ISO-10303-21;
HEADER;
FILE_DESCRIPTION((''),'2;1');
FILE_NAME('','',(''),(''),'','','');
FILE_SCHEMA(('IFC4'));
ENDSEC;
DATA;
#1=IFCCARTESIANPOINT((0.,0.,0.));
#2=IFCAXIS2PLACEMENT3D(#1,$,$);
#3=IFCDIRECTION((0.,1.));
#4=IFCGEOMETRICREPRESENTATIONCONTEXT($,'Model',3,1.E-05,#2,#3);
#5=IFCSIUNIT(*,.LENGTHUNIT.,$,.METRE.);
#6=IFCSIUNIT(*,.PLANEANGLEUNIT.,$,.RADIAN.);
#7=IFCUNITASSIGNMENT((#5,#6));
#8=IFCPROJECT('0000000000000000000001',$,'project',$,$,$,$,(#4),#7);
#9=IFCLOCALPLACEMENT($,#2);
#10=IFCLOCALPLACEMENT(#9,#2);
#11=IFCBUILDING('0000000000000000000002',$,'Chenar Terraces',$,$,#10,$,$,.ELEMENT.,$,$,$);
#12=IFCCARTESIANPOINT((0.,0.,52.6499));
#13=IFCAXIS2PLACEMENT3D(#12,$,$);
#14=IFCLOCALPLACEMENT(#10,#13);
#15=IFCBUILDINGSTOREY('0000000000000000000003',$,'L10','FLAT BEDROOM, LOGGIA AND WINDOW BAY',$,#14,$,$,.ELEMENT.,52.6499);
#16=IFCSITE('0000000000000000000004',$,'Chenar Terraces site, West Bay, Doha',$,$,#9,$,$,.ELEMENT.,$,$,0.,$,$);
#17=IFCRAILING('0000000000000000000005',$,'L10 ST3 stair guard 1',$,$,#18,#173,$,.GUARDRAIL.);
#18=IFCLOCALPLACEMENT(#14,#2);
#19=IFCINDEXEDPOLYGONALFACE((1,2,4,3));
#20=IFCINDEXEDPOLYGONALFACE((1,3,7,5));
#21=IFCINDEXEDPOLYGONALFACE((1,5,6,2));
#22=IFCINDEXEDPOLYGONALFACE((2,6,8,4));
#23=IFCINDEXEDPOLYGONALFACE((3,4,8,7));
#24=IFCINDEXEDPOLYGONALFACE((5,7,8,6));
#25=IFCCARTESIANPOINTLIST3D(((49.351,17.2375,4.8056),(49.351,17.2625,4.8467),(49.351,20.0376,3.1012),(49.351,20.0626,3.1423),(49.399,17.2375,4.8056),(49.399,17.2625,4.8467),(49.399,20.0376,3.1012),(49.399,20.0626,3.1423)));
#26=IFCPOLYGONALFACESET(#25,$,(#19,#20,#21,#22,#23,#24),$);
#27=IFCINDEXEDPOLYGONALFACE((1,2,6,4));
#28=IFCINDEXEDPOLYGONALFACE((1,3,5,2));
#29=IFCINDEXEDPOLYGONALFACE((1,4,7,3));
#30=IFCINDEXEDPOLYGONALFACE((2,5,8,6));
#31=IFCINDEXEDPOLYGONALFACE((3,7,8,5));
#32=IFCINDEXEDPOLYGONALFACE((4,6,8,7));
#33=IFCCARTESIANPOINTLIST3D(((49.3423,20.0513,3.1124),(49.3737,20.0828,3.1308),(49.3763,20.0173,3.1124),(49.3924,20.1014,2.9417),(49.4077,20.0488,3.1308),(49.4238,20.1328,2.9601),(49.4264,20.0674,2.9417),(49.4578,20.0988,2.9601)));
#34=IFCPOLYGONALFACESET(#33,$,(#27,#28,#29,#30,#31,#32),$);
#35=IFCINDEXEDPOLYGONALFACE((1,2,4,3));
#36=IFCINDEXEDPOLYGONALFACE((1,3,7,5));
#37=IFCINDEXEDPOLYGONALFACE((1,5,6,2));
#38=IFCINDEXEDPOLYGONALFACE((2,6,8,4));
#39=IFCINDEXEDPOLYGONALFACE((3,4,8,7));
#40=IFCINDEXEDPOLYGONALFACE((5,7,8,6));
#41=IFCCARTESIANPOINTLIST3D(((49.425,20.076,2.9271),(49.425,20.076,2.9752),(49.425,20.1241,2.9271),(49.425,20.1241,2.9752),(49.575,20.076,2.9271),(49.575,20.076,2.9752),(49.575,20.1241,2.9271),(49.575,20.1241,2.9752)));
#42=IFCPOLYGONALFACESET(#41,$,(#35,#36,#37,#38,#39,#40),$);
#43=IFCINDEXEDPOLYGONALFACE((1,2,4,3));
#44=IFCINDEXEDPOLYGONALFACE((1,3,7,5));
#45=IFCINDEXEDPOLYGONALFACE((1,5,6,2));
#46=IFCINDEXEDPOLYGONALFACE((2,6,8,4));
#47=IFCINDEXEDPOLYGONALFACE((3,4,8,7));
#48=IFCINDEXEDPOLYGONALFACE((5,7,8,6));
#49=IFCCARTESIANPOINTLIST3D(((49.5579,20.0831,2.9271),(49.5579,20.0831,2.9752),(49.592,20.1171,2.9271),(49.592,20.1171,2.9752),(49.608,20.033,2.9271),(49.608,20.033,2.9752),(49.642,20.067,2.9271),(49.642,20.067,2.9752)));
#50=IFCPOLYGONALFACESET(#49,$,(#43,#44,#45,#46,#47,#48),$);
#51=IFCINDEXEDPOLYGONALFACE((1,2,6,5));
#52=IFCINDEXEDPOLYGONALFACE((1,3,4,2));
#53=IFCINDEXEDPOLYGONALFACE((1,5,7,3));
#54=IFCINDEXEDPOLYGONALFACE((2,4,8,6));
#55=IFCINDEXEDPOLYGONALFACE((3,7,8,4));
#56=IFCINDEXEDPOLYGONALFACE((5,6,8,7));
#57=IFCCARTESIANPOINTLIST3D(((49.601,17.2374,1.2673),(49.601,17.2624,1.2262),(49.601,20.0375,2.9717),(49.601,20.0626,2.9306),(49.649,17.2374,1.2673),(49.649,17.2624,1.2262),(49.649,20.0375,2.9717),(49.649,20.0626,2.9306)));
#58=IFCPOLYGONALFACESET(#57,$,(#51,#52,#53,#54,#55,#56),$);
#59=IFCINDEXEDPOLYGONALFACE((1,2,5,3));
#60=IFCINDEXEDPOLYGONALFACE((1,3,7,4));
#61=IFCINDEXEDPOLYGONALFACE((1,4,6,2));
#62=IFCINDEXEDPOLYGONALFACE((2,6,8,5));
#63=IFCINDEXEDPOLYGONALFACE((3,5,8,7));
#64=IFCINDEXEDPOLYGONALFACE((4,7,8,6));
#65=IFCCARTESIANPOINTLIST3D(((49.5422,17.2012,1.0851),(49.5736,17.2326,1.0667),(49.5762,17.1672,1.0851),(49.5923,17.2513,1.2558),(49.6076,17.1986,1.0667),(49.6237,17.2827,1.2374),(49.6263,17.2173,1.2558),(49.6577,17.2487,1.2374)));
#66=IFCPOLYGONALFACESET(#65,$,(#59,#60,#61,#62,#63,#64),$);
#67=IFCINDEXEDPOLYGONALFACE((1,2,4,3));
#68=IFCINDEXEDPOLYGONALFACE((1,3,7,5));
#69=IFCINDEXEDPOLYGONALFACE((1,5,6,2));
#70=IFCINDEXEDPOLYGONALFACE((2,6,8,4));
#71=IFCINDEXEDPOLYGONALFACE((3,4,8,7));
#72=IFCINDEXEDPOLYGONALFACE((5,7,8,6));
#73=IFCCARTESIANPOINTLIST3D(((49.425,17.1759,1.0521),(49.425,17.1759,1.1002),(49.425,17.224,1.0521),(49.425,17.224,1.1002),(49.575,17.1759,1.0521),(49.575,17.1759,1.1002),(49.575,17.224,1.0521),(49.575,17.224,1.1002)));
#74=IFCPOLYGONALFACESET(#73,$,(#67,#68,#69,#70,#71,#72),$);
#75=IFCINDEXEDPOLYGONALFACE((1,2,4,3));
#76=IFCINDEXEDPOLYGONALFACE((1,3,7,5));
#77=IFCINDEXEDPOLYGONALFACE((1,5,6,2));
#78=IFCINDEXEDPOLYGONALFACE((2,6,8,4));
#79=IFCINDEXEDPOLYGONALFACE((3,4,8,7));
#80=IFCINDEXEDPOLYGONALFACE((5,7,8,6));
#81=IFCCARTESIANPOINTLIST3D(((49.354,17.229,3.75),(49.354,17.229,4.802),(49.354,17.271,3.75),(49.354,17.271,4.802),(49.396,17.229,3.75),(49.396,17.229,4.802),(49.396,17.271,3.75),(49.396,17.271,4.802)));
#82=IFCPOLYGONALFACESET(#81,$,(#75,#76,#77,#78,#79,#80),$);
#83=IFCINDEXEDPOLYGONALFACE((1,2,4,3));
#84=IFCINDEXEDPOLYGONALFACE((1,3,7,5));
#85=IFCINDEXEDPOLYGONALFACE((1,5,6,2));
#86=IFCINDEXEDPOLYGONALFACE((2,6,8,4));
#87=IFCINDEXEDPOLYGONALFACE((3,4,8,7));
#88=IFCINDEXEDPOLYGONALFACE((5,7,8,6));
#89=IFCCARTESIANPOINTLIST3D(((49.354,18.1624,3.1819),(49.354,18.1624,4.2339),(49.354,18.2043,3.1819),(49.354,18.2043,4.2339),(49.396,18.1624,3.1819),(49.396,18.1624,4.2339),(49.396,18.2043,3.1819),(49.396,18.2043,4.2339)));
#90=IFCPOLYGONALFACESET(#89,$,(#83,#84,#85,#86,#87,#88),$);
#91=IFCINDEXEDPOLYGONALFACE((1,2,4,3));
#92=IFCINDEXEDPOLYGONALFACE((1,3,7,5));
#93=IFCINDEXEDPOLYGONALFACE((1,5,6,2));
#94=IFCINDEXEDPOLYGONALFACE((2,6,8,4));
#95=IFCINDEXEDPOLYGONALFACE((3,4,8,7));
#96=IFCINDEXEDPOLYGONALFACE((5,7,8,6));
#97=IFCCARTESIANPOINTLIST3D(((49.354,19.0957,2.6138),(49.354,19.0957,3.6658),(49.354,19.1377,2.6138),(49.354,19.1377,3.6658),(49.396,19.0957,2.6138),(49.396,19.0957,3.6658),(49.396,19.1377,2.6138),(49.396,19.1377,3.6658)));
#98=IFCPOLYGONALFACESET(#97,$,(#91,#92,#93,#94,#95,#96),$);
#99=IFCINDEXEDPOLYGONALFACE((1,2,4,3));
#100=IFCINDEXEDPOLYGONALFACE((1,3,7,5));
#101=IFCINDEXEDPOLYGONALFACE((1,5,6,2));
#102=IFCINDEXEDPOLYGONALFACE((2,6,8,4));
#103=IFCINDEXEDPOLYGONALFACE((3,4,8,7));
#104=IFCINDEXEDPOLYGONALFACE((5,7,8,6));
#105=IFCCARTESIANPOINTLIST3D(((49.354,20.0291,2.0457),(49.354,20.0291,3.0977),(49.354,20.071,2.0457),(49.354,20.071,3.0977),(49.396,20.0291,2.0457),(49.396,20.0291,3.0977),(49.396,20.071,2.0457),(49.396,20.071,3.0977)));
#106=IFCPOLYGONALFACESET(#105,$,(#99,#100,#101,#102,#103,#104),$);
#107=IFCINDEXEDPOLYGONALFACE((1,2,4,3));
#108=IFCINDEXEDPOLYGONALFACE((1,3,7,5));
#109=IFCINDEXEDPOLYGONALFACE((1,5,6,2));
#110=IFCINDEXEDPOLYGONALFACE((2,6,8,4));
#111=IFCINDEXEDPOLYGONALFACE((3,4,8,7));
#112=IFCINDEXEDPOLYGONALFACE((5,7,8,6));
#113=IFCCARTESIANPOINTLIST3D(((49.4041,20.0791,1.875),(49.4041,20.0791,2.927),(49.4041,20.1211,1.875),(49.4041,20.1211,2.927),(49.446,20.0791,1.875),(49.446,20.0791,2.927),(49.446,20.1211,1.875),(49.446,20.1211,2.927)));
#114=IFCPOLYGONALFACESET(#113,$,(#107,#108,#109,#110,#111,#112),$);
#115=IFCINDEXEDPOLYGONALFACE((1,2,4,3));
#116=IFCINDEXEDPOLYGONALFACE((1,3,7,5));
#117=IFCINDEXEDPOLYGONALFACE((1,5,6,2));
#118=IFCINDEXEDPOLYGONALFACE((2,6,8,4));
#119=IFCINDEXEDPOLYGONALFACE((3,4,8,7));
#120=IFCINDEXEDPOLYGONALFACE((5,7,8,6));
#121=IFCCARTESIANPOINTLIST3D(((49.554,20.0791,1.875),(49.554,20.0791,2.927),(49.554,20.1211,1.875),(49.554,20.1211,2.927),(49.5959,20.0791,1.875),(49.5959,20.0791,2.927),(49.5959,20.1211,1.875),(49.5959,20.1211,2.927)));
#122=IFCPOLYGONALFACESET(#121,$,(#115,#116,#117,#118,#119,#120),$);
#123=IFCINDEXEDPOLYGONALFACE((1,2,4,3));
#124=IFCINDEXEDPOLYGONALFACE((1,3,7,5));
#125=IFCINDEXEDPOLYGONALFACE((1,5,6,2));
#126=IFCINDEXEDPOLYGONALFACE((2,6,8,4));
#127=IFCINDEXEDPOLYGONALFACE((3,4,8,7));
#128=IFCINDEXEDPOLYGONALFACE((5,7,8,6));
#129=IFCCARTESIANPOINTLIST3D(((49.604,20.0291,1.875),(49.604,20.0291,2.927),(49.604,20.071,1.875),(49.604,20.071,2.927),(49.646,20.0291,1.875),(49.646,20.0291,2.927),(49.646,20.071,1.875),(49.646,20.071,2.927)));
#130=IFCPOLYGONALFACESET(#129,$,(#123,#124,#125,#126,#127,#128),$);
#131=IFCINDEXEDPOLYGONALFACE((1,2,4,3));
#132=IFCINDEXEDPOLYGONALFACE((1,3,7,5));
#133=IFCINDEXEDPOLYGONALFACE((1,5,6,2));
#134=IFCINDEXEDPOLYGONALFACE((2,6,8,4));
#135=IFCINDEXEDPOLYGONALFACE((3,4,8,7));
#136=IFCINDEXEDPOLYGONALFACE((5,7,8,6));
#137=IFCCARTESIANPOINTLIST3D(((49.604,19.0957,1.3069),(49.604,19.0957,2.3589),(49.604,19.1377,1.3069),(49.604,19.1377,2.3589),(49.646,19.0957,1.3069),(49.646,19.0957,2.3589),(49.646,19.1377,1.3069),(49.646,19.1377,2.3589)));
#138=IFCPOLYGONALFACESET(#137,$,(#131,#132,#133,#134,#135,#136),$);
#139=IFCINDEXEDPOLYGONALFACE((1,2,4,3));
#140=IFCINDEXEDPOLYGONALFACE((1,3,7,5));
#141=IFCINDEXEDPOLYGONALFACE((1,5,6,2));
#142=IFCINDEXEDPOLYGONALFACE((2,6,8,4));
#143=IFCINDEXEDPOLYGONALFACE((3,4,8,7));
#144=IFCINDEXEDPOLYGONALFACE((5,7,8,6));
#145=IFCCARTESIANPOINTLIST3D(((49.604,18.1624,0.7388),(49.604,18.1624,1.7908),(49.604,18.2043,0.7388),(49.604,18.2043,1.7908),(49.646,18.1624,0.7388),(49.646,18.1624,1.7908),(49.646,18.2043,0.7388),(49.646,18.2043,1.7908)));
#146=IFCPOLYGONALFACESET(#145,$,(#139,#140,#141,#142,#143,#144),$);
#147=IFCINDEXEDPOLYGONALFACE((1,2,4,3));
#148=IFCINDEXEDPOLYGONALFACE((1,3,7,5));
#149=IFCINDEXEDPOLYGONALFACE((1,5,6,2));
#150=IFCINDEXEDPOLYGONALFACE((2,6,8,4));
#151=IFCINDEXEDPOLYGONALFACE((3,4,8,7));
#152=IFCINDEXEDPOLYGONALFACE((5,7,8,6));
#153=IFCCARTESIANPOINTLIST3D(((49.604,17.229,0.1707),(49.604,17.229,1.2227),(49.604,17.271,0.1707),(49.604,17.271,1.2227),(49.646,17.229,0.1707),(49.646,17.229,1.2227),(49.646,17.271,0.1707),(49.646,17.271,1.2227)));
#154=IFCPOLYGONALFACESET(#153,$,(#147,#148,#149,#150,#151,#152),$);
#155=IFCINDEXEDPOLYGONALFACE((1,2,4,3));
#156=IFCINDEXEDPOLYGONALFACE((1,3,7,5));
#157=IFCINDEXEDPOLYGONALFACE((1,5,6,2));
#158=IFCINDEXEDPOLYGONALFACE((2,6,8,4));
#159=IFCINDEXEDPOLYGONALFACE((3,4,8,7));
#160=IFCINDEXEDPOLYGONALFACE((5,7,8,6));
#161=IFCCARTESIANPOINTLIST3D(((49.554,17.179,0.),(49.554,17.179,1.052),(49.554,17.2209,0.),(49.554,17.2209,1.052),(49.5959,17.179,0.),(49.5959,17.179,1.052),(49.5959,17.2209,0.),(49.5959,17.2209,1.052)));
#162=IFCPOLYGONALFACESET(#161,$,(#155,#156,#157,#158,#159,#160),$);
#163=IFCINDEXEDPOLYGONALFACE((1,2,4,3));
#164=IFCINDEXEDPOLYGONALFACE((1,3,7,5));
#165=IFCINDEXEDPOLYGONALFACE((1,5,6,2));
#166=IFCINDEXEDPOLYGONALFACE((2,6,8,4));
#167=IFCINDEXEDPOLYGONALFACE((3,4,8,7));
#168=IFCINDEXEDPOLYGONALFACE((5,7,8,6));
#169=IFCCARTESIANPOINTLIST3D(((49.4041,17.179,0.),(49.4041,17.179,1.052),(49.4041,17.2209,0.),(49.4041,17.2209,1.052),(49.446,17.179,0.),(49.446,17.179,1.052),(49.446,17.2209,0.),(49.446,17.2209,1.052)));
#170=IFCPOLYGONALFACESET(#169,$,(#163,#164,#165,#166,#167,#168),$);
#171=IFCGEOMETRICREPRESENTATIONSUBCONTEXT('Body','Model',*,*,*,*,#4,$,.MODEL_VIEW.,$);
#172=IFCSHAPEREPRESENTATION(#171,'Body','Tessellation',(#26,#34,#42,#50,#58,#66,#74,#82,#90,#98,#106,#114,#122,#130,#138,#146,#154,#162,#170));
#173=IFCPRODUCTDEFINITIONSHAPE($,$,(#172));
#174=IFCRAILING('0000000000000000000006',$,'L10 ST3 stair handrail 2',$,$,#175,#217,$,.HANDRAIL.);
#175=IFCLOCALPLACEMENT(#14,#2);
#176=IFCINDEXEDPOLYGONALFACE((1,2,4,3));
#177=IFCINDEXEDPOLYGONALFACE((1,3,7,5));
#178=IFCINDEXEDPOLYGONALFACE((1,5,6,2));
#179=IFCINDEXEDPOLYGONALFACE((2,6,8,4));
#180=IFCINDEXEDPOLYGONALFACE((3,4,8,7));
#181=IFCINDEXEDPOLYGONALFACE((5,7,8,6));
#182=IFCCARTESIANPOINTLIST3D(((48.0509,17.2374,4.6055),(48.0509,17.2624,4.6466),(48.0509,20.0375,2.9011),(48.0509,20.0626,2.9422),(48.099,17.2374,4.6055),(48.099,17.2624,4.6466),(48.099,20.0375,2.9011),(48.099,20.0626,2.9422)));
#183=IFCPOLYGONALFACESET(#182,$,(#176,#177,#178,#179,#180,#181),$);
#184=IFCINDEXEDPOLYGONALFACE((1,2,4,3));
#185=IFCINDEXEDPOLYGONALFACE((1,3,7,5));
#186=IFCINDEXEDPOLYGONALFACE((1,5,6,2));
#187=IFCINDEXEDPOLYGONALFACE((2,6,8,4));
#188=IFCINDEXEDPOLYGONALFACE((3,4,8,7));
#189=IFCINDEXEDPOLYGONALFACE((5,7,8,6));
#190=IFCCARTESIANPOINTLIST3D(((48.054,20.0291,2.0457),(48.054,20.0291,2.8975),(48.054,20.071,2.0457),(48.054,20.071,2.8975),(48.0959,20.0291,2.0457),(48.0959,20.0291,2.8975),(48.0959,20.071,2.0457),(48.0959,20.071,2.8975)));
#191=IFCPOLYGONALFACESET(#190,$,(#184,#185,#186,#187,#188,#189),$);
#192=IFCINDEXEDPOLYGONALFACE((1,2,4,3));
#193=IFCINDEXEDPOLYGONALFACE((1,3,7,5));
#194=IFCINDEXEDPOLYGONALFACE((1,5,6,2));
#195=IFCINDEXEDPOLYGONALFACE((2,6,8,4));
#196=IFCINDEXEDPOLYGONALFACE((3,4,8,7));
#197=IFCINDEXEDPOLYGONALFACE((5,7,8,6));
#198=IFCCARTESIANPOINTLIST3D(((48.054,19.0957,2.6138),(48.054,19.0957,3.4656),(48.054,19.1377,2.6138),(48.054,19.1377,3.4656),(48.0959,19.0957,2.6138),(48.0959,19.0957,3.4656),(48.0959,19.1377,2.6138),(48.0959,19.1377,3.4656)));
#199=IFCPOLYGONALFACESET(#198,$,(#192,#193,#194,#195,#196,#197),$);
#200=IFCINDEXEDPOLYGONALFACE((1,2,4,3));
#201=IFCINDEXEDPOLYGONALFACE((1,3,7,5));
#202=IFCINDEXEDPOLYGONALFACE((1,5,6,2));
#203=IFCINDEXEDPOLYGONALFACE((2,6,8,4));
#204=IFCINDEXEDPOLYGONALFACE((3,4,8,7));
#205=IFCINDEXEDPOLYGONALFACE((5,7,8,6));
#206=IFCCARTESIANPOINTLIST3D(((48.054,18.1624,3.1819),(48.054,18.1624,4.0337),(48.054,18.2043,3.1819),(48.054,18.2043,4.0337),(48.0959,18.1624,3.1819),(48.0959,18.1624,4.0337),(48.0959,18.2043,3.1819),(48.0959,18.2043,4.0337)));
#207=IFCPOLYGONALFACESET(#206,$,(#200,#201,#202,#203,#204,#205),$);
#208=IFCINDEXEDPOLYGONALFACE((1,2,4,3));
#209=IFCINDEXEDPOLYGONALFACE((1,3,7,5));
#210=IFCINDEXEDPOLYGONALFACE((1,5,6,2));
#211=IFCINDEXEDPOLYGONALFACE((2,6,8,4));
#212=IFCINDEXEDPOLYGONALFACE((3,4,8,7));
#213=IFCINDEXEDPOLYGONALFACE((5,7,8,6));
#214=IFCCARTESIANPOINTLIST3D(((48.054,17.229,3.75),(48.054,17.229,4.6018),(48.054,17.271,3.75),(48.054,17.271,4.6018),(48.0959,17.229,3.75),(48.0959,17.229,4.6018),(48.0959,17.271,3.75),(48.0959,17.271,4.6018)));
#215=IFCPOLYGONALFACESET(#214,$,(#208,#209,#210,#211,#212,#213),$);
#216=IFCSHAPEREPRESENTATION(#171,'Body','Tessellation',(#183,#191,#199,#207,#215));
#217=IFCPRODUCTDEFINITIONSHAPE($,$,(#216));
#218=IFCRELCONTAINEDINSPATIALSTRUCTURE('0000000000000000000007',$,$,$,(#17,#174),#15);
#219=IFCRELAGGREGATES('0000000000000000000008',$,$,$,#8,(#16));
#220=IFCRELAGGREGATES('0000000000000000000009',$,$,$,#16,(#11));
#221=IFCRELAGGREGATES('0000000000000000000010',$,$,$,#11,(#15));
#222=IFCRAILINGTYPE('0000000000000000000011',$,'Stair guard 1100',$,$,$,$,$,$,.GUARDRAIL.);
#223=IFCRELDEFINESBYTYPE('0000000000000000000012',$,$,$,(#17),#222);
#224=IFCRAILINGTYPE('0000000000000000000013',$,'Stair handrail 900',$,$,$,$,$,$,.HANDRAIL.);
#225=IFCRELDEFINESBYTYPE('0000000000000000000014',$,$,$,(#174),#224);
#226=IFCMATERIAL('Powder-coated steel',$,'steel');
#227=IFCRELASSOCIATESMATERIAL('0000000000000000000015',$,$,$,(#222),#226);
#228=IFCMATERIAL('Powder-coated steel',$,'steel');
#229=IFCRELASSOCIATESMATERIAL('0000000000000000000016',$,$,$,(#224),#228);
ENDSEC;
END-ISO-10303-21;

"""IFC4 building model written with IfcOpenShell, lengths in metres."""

from ifc_helpers import new_model, si_unit, direction, frame, origin, origin_2d, place, context, subcontext, project, spatial, rectangle, extrude, material, type_object, element, save


model = new_model("IFC4")

# Units and contexts
model_context = context("Model", 3, precision=1e-05, world=origin(), true_north=direction((0.0, 1.0)))
body_context = subcontext(model_context, "Body", "Model", "MODEL_VIEW")
ifc_project = project(units=[si_unit("LENGTHUNIT", "METRE"), si_unit("PLANEANGLEUNIT", "RADIAN")], contexts=[model_context])

# Site, building, storey
site_placement = place(None, origin())
site = spatial("IfcSite", under=ifc_project, at=site_placement, Name="Chenar Terraces site, West Bay, Doha", CompositionType="ELEMENT", RefElevation=0.0)
building_placement = place(site_placement, origin())
building = spatial("IfcBuilding", under=site, at=building_placement, Name="Chenar Terraces", CompositionType="ELEMENT")
storey_placement = place(building_placement, frame((0.0, 0.0, 52.6499)))
storey = spatial("IfcBuildingStorey", under=building, at=storey_placement, Name="L10", Description="FLAT BEDROOM, LOGGIA AND WINDOW BAY", CompositionType="ELEMENT", Elevation=52.6499)

# Railings
ifc_material_1 = material(Name="Powder-coated steel", Category="steel")
railing_type_1 = type_object("IfcRailingType", Name="Stair guard 1100", PredefinedType="GUARDRAIL", material=ifc_material_1)
railing_1_placement = place(storey_placement, frame((49.375, 17.25, 3.75)))
element("IfcRailing", 1, at=railing_1_placement, inside=storey, type_object=railing_type_1, Name="L10 ST3 stair guard 1", PredefinedType="GUARDRAIL", context=body_context, shape_type="SweptSolid", body=[
    extrude(rectangle(XDim=0.0481, YDim=0.0481, at=origin_2d()), frame((0.0, 0.0, 1.0762), z_axis=(0.0, 0.854203, -0.51994), x_axis=(-1.0, 0.0, 0.0)), (0.0, 0.0, 1.0), 3.2781),
    extrude(rectangle(XDim=0.0481, YDim=0.0481, at=origin_2d()), frame((0.0, 2.8, -0.6284), z_axis=(0.2709, 0.2709, -0.923703), x_axis=(-0.707107, 0.707107, 0.0)), (0.0, 0.0, 1.0), 0.1848),
    extrude(rectangle(XDim=0.0481, YDim=0.0481, at=origin_2d()), frame((0.05, 2.8501, -0.7988), z_axis=(1.0, 0.0, 0.0), x_axis=(0.0, 1.0, 0.0)), (0.0, 0.0, 1.0), 0.1499),
    extrude(rectangle(XDim=0.0481, YDim=0.0481, at=origin_2d()), frame((0.2, 2.8501, -0.7988), z_axis=(0.707107, -0.707107, 0.0), x_axis=(0.707107, 0.707107, 0.0)), (0.0, 0.0, 1.0), 0.0708),
    extrude(rectangle(XDim=0.0481, YDim=0.0481, at=origin_2d()), frame((0.25, 2.8, -0.7988), z_axis=(0.0, -0.854203, -0.51994), x_axis=(1.0, 0.0, 0.0)), (0.0, 0.0, 1.0), 3.2781),
    extrude(rectangle(XDim=0.0481, YDim=0.0481, at=origin_2d()), frame((0.25, 0.0, -2.5034), z_axis=(-0.2709, -0.2709, -0.923703), x_axis=(0.707107, -0.707107, 0.0)), (0.0, 0.0, 1.0), 0.1848),
    extrude(rectangle(XDim=0.0481, YDim=0.0481, at=origin_2d()), frame((0.2, -0.05, -2.6738), z_axis=(-1.0, 0.0, 0.0), x_axis=(0.0, -1.0, 0.0)), (0.0, 0.0, 1.0), 0.1499),
    extrude(rectangle(XDim=0.042, YDim=0.042, at=origin_2d()), origin(), (0.0, 0.0, 1.0), 1.052),
    extrude(rectangle(XDim=0.042, YDim=0.042, at=origin_2d()), frame((0.0, 0.9333, -0.5681)), (0.0, 0.0, 1.0), 1.052),
    extrude(rectangle(XDim=0.042, YDim=0.042, at=origin_2d()), frame((0.0, 1.8667, -1.1362)), (0.0, 0.0, 1.0), 1.052),
    extrude(rectangle(XDim=0.042, YDim=0.042, at=origin_2d()), frame((0.0, 2.8, -1.7043)), (0.0, 0.0, 1.0), 1.052),
    extrude(rectangle(XDim=0.042, YDim=0.042, at=origin_2d()), frame((0.05, 2.8501, -1.875)), (0.0, 0.0, 1.0), 1.052),
    extrude(rectangle(XDim=0.042, YDim=0.042, at=origin_2d()), frame((0.2, 2.8501, -1.875)), (0.0, 0.0, 1.0), 1.052),
    extrude(rectangle(XDim=0.042, YDim=0.042, at=origin_2d()), frame((0.25, 2.8, -1.875)), (0.0, 0.0, 1.0), 1.052),
    extrude(rectangle(XDim=0.042, YDim=0.042, at=origin_2d()), frame((0.25, 1.8667, -2.4431)), (0.0, 0.0, 1.0), 1.052),
    extrude(rectangle(XDim=0.042, YDim=0.042, at=origin_2d()), frame((0.25, 0.9333, -3.0112)), (0.0, 0.0, 1.0), 1.052),
    extrude(rectangle(XDim=0.042, YDim=0.042, at=origin_2d()), frame((0.25, 0.0, -3.5793)), (0.0, 0.0, 1.0), 1.052),
    extrude(rectangle(XDim=0.042, YDim=0.042, at=origin_2d()), frame((0.2, -0.05, -3.75)), (0.0, 0.0, 1.0), 1.052),
    extrude(rectangle(XDim=0.042, YDim=0.042, at=origin_2d()), frame((0.05, -0.05, -3.75)), (0.0, 0.0, 1.0), 1.052),
])
ifc_material_2 = material(Name="Powder-coated steel", Category="steel")
railing_type_2 = type_object("IfcRailingType", Name="Stair handrail 900", PredefinedType="HANDRAIL", material=ifc_material_2)
railing_2_placement = place(storey_placement, frame((48.075, 20.05, 2.0457)))
element("IfcRailing", 2, at=railing_2_placement, inside=storey, type_object=railing_type_2, Name="L10 ST3 stair handrail 2", PredefinedType="HANDRAIL", context=body_context, shape_type="SweptSolid", body=[
    extrude(rectangle(XDim=0.0481, YDim=0.0481, at=origin_2d()), frame((0.0, 0.0, 0.876), z_axis=(0.0, -0.854203, 0.51994), x_axis=(1.0, 0.0, 0.0)), (0.0, 0.0, 1.0), 3.2781),
    extrude(rectangle(XDim=0.042, YDim=0.042, at=origin_2d()), origin(), (0.0, 0.0, 1.0), 0.8518),
    extrude(rectangle(XDim=0.042, YDim=0.042, at=origin_2d()), frame((0.0, -0.9333, 0.5681)), (0.0, 0.0, 1.0), 0.8518),
    extrude(rectangle(XDim=0.042, YDim=0.042, at=origin_2d()), frame((0.0, -1.8667, 1.1362)), (0.0, 0.0, 1.0), 0.8518),
    extrude(rectangle(XDim=0.042, YDim=0.042, at=origin_2d()), frame((0.0, -2.8, 1.7043)), (0.0, 0.0, 1.0), 0.8518),
])

save(model, "model.ifc")
